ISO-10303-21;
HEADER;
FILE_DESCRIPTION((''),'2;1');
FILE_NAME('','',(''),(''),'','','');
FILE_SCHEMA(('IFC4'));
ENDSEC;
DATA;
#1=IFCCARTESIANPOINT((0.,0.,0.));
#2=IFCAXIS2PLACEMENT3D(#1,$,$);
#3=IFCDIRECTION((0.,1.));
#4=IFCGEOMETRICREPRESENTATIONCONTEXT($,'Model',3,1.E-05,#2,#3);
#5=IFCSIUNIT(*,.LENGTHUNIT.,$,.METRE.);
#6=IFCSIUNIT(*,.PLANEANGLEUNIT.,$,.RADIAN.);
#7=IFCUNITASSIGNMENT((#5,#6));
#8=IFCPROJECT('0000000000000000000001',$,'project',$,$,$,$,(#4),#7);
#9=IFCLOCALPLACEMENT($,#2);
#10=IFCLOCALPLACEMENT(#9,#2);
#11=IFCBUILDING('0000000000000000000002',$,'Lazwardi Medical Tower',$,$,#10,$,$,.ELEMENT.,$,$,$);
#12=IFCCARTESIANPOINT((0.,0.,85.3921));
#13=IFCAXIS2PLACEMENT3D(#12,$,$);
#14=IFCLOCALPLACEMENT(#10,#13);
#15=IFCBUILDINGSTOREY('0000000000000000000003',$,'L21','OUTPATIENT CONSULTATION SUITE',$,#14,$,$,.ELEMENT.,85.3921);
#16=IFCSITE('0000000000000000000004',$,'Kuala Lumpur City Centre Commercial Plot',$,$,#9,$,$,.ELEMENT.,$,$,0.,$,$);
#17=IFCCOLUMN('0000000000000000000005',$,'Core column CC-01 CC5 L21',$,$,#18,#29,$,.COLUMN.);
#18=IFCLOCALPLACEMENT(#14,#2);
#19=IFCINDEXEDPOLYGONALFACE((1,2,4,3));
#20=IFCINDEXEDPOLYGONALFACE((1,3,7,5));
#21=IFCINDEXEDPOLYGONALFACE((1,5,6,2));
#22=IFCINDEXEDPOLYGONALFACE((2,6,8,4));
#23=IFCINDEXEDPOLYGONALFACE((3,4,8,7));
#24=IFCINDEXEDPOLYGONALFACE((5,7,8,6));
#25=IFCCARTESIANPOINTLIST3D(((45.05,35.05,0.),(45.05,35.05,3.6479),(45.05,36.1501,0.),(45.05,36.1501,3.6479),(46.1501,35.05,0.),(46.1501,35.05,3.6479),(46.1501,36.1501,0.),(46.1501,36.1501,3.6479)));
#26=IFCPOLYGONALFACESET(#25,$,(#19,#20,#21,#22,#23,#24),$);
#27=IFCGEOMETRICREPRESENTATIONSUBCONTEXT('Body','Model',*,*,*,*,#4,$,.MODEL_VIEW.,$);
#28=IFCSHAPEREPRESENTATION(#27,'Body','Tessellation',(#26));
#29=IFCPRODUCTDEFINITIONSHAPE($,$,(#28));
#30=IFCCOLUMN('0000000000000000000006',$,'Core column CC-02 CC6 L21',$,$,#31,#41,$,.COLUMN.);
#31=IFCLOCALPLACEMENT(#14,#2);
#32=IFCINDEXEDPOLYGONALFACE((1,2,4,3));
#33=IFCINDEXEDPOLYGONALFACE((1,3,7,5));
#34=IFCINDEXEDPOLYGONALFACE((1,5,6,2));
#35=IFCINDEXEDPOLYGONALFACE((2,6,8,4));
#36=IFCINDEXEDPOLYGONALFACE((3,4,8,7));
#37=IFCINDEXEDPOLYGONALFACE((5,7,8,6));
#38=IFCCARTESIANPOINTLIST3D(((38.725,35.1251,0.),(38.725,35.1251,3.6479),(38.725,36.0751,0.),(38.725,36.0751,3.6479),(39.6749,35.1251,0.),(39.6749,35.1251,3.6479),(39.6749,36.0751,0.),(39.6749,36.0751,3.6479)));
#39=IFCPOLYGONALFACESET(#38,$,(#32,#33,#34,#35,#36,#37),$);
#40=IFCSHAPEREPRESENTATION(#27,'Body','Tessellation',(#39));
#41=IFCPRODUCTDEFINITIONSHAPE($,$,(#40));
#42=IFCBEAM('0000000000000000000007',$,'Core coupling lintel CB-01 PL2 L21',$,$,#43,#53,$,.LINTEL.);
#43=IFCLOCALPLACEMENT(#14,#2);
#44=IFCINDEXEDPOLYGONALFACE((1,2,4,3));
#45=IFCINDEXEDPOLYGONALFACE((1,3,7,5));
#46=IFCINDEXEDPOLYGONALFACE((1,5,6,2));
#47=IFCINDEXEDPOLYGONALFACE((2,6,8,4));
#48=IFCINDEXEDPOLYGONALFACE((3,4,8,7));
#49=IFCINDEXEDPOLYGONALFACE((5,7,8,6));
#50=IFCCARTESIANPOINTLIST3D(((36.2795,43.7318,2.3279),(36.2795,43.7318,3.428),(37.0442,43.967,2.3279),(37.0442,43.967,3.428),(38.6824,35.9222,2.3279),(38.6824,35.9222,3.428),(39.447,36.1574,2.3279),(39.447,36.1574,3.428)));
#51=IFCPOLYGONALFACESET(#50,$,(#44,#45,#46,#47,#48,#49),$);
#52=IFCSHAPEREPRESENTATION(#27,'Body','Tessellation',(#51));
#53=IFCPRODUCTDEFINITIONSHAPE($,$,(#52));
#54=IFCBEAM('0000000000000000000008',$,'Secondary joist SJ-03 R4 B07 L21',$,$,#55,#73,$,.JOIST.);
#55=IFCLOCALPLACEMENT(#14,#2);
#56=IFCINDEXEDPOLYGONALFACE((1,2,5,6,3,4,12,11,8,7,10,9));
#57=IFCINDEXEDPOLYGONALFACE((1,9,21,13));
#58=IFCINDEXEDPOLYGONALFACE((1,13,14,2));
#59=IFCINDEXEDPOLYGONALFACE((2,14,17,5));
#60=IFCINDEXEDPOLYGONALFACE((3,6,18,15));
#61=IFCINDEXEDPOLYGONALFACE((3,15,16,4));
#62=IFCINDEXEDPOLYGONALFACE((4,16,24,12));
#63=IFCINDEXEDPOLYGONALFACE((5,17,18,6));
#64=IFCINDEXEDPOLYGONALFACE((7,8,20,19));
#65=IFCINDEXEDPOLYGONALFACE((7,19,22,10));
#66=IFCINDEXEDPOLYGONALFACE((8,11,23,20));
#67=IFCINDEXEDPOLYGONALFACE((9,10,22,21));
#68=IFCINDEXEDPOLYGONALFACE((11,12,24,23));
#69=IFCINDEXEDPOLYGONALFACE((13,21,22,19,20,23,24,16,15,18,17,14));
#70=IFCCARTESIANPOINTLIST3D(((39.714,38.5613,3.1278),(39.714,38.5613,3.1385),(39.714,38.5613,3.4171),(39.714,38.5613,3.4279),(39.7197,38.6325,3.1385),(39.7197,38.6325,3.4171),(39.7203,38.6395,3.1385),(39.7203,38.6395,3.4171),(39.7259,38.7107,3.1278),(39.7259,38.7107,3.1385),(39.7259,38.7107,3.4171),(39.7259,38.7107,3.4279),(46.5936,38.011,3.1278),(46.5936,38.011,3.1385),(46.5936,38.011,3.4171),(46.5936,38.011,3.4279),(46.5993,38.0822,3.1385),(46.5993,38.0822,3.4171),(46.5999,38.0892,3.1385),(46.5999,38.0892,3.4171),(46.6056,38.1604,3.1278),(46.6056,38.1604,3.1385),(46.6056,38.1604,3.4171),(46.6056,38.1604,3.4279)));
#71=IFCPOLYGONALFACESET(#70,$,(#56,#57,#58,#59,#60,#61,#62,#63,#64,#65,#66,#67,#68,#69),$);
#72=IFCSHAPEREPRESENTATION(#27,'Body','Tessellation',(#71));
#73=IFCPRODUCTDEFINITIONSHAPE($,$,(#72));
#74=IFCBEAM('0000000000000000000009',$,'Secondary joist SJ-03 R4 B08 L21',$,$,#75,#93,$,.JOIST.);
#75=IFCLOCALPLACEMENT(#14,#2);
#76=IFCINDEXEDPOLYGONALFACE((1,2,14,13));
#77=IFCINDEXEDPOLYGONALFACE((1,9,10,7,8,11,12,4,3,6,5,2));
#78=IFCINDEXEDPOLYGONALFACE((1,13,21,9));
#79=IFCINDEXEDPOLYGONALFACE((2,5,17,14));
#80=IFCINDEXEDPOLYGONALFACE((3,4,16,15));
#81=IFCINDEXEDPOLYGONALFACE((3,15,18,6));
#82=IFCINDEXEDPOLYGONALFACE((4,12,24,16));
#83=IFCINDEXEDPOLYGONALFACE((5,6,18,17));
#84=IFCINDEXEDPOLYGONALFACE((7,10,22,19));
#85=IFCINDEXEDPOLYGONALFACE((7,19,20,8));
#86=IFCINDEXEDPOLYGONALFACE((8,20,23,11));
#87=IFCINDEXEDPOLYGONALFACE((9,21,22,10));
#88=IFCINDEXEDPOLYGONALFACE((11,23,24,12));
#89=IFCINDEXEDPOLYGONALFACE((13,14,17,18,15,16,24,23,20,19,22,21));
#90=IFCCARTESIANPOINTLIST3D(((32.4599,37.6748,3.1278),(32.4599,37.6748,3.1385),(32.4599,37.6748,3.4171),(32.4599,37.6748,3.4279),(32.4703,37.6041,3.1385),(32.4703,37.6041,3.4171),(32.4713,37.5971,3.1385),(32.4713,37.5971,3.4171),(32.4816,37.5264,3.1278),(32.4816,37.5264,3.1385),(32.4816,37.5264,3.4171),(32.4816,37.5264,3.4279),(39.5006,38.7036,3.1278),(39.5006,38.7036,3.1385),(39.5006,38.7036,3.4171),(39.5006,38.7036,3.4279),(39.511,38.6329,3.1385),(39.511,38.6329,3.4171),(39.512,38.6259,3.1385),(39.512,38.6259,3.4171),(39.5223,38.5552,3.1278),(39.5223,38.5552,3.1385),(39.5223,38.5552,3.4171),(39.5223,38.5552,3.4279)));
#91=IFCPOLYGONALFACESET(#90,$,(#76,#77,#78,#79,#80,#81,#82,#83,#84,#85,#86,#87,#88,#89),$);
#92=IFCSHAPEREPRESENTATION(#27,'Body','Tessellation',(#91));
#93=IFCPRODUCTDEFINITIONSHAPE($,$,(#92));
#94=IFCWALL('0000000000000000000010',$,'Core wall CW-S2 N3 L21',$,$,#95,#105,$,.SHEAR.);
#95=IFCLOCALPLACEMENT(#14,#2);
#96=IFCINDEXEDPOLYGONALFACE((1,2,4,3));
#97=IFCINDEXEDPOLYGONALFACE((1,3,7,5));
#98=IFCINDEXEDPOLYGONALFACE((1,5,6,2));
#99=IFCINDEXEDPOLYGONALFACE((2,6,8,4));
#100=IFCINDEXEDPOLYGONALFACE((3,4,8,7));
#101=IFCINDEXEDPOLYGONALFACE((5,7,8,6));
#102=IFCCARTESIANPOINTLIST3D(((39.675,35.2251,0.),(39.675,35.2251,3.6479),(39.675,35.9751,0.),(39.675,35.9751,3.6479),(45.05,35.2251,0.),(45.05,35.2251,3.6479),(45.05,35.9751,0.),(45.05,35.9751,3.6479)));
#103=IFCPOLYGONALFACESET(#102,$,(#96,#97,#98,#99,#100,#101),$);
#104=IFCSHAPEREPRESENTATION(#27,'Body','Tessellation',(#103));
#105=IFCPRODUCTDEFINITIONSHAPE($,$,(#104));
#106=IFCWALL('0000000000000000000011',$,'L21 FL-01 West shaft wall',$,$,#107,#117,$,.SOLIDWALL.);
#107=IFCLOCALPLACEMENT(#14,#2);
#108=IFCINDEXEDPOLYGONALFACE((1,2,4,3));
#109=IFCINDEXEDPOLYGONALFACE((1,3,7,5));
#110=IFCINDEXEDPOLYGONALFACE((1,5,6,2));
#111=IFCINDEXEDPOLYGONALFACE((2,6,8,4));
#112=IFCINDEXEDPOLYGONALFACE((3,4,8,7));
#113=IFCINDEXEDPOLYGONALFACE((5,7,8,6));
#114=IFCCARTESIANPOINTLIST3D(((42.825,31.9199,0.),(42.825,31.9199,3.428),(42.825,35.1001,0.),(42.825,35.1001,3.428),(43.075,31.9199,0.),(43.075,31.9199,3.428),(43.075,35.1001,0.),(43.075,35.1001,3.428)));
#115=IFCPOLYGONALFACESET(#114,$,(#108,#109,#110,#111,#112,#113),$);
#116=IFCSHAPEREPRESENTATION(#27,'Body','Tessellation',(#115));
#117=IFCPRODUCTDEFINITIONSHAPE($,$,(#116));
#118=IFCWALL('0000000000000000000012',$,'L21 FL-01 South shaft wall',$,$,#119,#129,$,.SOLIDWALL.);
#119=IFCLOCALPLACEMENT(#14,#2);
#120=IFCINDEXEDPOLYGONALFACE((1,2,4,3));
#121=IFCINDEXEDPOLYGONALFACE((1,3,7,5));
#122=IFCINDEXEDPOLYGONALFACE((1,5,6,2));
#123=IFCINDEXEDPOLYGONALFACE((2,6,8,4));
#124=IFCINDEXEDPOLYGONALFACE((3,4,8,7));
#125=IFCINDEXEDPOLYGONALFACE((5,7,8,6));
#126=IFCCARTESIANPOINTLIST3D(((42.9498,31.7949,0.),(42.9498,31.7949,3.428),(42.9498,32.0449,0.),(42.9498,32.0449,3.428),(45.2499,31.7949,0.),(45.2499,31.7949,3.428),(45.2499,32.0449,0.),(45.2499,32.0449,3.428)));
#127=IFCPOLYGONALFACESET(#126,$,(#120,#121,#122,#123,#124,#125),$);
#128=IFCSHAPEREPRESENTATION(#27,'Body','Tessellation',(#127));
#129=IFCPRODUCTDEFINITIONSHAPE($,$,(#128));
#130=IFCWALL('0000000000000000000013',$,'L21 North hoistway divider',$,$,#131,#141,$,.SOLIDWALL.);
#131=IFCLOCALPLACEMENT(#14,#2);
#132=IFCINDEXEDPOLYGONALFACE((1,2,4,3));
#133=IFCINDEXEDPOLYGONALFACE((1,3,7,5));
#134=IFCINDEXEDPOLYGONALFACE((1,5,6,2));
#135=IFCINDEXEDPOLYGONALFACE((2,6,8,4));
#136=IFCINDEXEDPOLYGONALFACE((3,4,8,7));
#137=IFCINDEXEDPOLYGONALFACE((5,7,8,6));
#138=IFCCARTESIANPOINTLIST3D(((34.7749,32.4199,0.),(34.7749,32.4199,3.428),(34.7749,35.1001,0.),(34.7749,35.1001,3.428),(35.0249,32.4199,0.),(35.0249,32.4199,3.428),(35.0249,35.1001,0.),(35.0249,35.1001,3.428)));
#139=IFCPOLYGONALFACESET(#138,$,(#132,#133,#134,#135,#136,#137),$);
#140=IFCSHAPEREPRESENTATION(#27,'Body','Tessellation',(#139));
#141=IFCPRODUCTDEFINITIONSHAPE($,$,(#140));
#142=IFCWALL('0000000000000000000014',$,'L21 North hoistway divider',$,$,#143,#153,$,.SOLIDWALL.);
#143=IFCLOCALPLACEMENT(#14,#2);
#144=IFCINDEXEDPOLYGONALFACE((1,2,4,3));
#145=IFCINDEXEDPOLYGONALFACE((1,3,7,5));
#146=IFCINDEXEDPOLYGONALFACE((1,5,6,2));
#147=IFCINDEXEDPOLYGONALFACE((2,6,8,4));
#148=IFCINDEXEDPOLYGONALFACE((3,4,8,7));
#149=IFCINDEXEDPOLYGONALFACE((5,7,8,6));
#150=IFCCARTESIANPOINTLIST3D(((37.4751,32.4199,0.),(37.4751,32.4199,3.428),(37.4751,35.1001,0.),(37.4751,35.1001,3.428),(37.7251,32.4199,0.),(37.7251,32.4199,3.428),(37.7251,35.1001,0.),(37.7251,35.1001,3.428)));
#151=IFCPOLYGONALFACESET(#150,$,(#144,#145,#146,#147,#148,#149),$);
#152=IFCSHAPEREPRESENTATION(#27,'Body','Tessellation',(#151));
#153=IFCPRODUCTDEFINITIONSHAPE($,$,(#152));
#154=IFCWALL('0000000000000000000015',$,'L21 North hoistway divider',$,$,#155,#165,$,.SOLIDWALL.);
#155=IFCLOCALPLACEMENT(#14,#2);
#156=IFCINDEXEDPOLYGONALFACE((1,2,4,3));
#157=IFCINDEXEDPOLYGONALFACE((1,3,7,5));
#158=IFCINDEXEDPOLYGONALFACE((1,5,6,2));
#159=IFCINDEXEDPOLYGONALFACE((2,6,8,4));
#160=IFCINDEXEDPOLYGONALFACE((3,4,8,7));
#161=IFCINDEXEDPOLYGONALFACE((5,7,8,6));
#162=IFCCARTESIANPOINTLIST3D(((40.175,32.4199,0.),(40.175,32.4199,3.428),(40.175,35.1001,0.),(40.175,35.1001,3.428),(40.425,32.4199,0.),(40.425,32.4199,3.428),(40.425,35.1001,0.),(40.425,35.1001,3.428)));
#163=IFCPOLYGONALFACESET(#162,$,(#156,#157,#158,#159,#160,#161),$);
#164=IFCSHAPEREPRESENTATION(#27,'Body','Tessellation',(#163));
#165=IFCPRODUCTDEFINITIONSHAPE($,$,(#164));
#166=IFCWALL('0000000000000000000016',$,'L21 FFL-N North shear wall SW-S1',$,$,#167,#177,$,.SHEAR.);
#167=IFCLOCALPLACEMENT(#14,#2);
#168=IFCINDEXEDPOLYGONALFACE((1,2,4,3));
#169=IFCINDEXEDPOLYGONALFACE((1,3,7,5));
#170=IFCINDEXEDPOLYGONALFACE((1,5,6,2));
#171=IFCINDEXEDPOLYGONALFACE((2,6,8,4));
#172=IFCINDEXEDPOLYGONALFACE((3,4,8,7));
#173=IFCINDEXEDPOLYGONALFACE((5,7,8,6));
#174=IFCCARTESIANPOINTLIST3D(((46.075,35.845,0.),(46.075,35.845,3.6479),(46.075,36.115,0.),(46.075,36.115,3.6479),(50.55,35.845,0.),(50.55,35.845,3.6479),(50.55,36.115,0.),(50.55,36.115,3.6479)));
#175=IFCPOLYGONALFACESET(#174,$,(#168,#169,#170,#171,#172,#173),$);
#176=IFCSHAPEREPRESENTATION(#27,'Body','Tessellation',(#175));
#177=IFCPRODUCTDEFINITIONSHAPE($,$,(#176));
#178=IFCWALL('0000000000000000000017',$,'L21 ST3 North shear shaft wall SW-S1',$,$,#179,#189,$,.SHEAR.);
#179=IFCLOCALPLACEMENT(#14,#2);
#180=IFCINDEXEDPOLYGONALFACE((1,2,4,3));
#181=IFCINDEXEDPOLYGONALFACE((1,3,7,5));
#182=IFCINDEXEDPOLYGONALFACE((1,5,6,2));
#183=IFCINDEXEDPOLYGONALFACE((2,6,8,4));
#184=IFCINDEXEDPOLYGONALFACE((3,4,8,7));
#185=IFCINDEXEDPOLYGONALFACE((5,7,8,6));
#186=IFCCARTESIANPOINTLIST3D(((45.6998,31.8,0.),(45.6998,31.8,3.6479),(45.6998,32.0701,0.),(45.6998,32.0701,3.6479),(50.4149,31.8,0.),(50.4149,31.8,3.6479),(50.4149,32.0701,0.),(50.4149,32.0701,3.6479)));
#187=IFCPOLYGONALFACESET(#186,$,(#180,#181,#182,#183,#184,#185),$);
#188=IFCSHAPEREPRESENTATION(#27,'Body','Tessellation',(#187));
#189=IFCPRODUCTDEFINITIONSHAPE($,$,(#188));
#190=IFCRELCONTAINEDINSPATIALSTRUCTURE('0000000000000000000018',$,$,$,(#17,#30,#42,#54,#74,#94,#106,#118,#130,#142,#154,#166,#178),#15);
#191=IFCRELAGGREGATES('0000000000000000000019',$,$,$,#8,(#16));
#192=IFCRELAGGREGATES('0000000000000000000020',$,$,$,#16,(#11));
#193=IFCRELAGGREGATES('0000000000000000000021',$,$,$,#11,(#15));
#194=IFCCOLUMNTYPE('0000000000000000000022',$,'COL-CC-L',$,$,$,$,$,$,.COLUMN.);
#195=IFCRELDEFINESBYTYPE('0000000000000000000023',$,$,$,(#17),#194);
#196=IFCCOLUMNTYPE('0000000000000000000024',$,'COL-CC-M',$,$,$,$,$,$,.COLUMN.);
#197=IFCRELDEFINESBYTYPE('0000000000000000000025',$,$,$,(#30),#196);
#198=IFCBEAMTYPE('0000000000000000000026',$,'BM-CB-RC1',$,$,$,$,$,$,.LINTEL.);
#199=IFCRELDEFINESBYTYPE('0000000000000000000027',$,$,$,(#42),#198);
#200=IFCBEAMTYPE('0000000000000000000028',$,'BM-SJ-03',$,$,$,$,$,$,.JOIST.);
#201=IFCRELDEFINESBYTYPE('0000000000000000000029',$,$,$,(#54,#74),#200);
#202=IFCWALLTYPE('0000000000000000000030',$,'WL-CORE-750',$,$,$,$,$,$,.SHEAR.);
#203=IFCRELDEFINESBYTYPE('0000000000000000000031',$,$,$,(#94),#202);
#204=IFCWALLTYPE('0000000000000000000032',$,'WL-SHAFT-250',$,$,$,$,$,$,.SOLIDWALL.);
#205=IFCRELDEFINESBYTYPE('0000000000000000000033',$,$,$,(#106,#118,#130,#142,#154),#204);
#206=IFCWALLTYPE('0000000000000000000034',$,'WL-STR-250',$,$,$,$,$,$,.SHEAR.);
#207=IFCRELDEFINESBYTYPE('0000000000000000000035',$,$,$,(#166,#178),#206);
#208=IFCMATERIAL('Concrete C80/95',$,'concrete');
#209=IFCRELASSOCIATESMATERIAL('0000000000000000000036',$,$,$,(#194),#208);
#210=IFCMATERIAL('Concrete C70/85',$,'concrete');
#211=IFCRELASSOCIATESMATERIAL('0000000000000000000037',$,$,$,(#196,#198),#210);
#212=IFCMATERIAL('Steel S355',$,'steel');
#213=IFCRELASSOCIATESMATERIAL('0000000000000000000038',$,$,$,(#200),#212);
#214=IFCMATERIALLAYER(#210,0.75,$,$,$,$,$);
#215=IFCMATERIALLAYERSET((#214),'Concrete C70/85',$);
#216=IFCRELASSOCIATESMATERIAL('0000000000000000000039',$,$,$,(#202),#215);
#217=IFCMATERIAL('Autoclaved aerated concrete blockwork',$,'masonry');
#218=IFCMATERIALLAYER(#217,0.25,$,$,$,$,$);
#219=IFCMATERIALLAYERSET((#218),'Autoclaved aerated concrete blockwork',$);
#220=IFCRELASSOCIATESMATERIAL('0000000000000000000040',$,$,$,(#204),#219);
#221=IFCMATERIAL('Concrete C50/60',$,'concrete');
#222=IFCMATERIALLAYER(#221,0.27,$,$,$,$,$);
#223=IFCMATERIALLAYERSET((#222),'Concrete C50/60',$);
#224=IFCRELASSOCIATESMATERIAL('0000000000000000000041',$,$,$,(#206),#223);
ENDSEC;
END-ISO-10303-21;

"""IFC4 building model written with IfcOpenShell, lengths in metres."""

from ifc_helpers import new_model, si_unit, direction, frame, frame_2d, origin, origin_2d, place, context, subcontext, project, spatial, rectangle, i_section, extrude, material, layer, layer_set, material_profile, profile_set, type_object, element, save


model = new_model("IFC4")

# Units and contexts
model_context = context("Model", 3, precision=1e-05, world=origin(), true_north=direction((0.0, 1.0)))
body_context = subcontext(model_context, "Body", "Model", "MODEL_VIEW")
ifc_project = project(units=[si_unit("LENGTHUNIT", "METRE"), si_unit("PLANEANGLEUNIT", "RADIAN")], contexts=[model_context])

# Site, building, storey
site_placement = place(None, origin())
site = spatial("IfcSite", under=ifc_project, at=site_placement, Name="Kuala Lumpur City Centre Commercial Plot", CompositionType="ELEMENT", RefElevation=0.0)
building_placement = place(site_placement, origin())
building = spatial("IfcBuilding", under=site, at=building_placement, Name="Lazwardi Medical Tower", CompositionType="ELEMENT")
storey_placement = place(building_placement, frame((0.0, 0.0, 85.3921)))
storey = spatial("IfcBuildingStorey", under=building, at=storey_placement, Name="L21", Description="OUTPATIENT CONSULTATION SUITE", CompositionType="ELEMENT", Elevation=85.3921)

# Columns
ifc_material_1 = material(Name="Concrete C80/95", Category="concrete")
ifc_material_profile_1 = material_profile(ifc_material_1, rectangle(XDim=1.1001, YDim=1.1001, at=origin_2d()), Name="RC 1100x1100")
ifc_profile_set_1 = profile_set([ifc_material_profile_1], Name="Concrete C80/95")
column_type_1 = type_object("IfcColumnType", Name="COL-CC-L", PredefinedType="COLUMN", material=ifc_profile_set_1)
column_1_placement = place(storey_placement, frame((45.6001, 35.6001, 0.0), z_axis=(0.0, 0.0, 1.0), x_axis=(1.0, 0.0, 0.0)))
element("IfcColumn", 1, at=column_1_placement, inside=storey, type_object=column_type_1, Name="Core column CC-01 CC5 L21", PredefinedType="COLUMN", context=body_context, shape_type="SweptSolid", body=[
    extrude(rectangle(XDim=1.1001, YDim=1.1001, at=origin_2d()), origin(), (0.0, 0.0, 1.0), 3.6479),
])
ifc_material_2 = material(Name="Concrete C70/85", Category="concrete")
ifc_material_profile_2 = material_profile(ifc_material_2, rectangle(XDim=0.95, YDim=0.95, at=origin_2d()), Name="RC 950x950")
ifc_profile_set_2 = profile_set([ifc_material_profile_2], Name="Concrete C70/85")
column_type_2 = type_object("IfcColumnType", Name="COL-CC-M", PredefinedType="COLUMN", material=ifc_profile_set_2)
column_2_placement = place(storey_placement, frame((39.2, 35.6001, 0.0), z_axis=(0.0, 0.0, 1.0), x_axis=(1.0, 0.0, 0.0)))
element("IfcColumn", 2, at=column_2_placement, inside=storey, type_object=column_type_2, Name="Core column CC-02 CC6 L21", PredefinedType="COLUMN", context=body_context, shape_type="SweptSolid", body=[
    extrude(rectangle(XDim=0.95, YDim=0.95, at=origin_2d()), origin(), (0.0, 0.0, 1.0), 3.6479),
])

# Beams
ifc_material_profile_3 = material_profile(ifc_material_2, rectangle(XDim=0.8, YDim=1.1001, at=origin_2d()), Name="RC 800x1100")
ifc_profile_set_3 = profile_set([ifc_material_profile_3], Name="Concrete C70/85")
beam_type_1 = type_object("IfcBeamType", Name="BM-CB-RC1", PredefinedType="LINTEL", material=ifc_profile_set_3)
beam_1_placement = place(storey_placement, frame((39.0647, 36.0398, 2.8779), z_axis=(-0.294073, 0.955783, 0.0), x_axis=(-0.955783, -0.294073, 0.0)))
element("IfcBeam", 3, at=beam_1_placement, inside=storey, type_object=beam_type_1, Name="Core coupling lintel CB-01 PL2 L21", PredefinedType="LINTEL", context=body_context, shape_type="SweptSolid", body=[
    extrude(rectangle(XDim=0.8, YDim=1.1001, at=origin_2d()), origin(), (0.0, 0.0, 1.0), 8.1709),
])
ifc_material_3 = material(Name="Steel S355", Category="steel")
ifc_material_profile_4 = material_profile(ifc_material_3, i_section(OverallWidth=0.1499, OverallDepth=0.3, WebThickness=0.0071, FlangeThickness=0.0107, at=origin_2d()), Name="IPE 300")
ifc_profile_set_4 = profile_set([ifc_material_profile_4], Name="Steel S355")
beam_type_2 = type_object("IfcBeamType", Name="BM-SJ-03", PredefinedType="JOIST", material=ifc_profile_set_4)
beam_2_placement = place(storey_placement, frame((46.5996, 38.0857, 3.2778), z_axis=(-0.996816, 0.079734, 0.0), x_axis=(-0.079734, -0.996816, 0.0)))
element("IfcBeam", 4, at=beam_2_placement, inside=storey, type_object=beam_type_2, Name="Secondary joist SJ-03 R4 B07 L21", PredefinedType="JOIST", context=body_context, shape_type="SweptSolid", body=[
    extrude(i_section(OverallWidth=0.1499, OverallDepth=0.3, WebThickness=0.0071, FlangeThickness=0.0107, at=origin_2d()), origin(), (0.0, 0.0, 1.0), 6.9016),
])
beam_3_placement = place(storey_placement, frame((39.5115, 38.6294, 3.2778), z_axis=(-0.989492, -0.144586, 0.0), x_axis=(0.144586, -0.989492, 0.0)))
element("IfcBeam", 5, at=beam_3_placement, inside=storey, type_object=beam_type_2, Name="Secondary joist SJ-03 R4 B08 L21", PredefinedType="JOIST", context=body_context, shape_type="SweptSolid", body=[
    extrude(i_section(OverallWidth=0.1499, OverallDepth=0.3, WebThickness=0.0071, FlangeThickness=0.0107, at=origin_2d()), origin(), (0.0, 0.0, 1.0), 7.1155),
])

# Walls
ifc_layer_1 = layer(ifc_material_2, 0.75)
ifc_layer_set_1 = layer_set([ifc_layer_1], Name="Concrete C70/85")
wall_type_1 = type_object("IfcWallType", Name="WL-CORE-750", PredefinedType="SHEAR", material=ifc_layer_set_1)
wall_1_placement = place(storey_placement, frame((39.675, 35.6001, 0.0), z_axis=(0.0, 0.0, 1.0), x_axis=(1.0, 0.0, 0.0)))
element("IfcWall", 6, at=wall_1_placement, inside=storey, type_object=wall_type_1, Name="Core wall CW-S2 N3 L21", PredefinedType="SHEAR", context=body_context, shape_type="SweptSolid", body=[
    extrude(rectangle(XDim=5.375, YDim=0.75, at=frame_2d((2.6875, 0.0))), origin(), (0.0, 0.0, 1.0), 3.6479),
])
ifc_material_4 = material(Name="Autoclaved aerated concrete blockwork", Category="masonry")
ifc_layer_2 = layer(ifc_material_4, 0.25)
ifc_layer_set_2 = layer_set([ifc_layer_2], Name="Autoclaved aerated concrete blockwork")
wall_type_2 = type_object("IfcWallType", Name="WL-SHAFT-250", PredefinedType="SOLIDWALL", material=ifc_layer_set_2)
wall_2_placement = place(storey_placement, frame((42.95, 31.9199, 0.0), z_axis=(0.0, 0.0, 1.0), x_axis=(0.0, 1.0, 0.0)))
element("IfcWall", 7, at=wall_2_placement, inside=storey, type_object=wall_type_2, Name="L21 FL-01 West shaft wall", PredefinedType="SOLIDWALL", context=body_context, shape_type="SweptSolid", body=[
    extrude(rectangle(XDim=3.1802, YDim=0.25, at=frame_2d((1.5901, 0.0))), origin(), (0.0, 0.0, 1.0), 3.428),
])
wall_3_placement = place(storey_placement, frame((42.95, 31.9199, 0.0), z_axis=(0.0, 0.0, 1.0), x_axis=(1.0, 0.0, 0.0)))
element("IfcWall", 8, at=wall_3_placement, inside=storey, type_object=wall_type_2, Name="L21 FL-01 South shaft wall", PredefinedType="SOLIDWALL", context=body_context, shape_type="SweptSolid", body=[
    extrude(rectangle(XDim=2.3, YDim=0.25, at=frame_2d((1.1499, 0.0))), origin(), (0.0, 0.0, 1.0), 3.428),
])
for number, where, z_axis, x_axis, name in (
    (9, (34.8999, 32.4199, 0.0), (0.0, 0.0, 1.0), (0.0, 1.0, 0.0), "L21 North hoistway divider"),
    (10, (37.6001, 32.4199, 0.0), (0.0, 0.0, 1.0), (0.0, 1.0, 0.0), "L21 North hoistway divider"),
    (11, (40.3, 32.4199, 0.0), (0.0, 0.0, 1.0), (0.0, 1.0, 0.0), "L21 North hoistway divider"),
):
    element("IfcWall", number, at=place(storey_placement, frame(where, z_axis=z_axis, x_axis=x_axis)), inside=storey, type_object=wall_type_2, Name=name, PredefinedType="SOLIDWALL", context=body_context, shape_type="SweptSolid", body=[
        extrude(rectangle(XDim=2.6802, YDim=0.25, at=frame_2d((1.3401, 0.0))), origin(), (0.0, 0.0, 1.0), 3.428),
    ])

# Shared definitions
ifc_material_5 = material(Name="Concrete C50/60", Category="concrete")
ifc_layer_3 = layer(ifc_material_5, 0.27)
ifc_layer_set_3 = layer_set([ifc_layer_3], Name="Concrete C50/60")
wall_type_3 = type_object("IfcWallType", Name="WL-STR-250", PredefinedType="SHEAR", material=ifc_layer_set_3)

# Walls
wall_4_placement = place(storey_placement, frame((46.075, 35.98, 0.0), z_axis=(0.0, 0.0, 1.0), x_axis=(1.0, 0.0, 0.0)))
element("IfcWall", 12, at=wall_4_placement, inside=storey, type_object=wall_type_3, Name="L21 FFL-N North shear wall SW-S1", PredefinedType="SHEAR", context=body_context, shape_type="SweptSolid", body=[
    extrude(rectangle(XDim=4.4751, YDim=0.27, at=frame_2d((2.2375, 0.0))), origin(), (0.0, 0.0, 1.0), 3.6479),
])
wall_5_placement = place(storey_placement, frame((45.7, 31.9351, 0.0), z_axis=(0.0, 0.0, 1.0), x_axis=(1.0, 0.0, 0.0)))
element("IfcWall", 13, at=wall_5_placement, inside=storey, type_object=wall_type_3, Name="L21 ST3 North shear shaft wall SW-S1", PredefinedType="SHEAR", context=body_context, shape_type="SweptSolid", body=[
    extrude(rectangle(XDim=4.7151, YDim=0.27, at=frame_2d((2.3574, 0.0))), origin(), (0.0, 0.0, 1.0), 3.6479),
])

save(model, "model.ifc")
